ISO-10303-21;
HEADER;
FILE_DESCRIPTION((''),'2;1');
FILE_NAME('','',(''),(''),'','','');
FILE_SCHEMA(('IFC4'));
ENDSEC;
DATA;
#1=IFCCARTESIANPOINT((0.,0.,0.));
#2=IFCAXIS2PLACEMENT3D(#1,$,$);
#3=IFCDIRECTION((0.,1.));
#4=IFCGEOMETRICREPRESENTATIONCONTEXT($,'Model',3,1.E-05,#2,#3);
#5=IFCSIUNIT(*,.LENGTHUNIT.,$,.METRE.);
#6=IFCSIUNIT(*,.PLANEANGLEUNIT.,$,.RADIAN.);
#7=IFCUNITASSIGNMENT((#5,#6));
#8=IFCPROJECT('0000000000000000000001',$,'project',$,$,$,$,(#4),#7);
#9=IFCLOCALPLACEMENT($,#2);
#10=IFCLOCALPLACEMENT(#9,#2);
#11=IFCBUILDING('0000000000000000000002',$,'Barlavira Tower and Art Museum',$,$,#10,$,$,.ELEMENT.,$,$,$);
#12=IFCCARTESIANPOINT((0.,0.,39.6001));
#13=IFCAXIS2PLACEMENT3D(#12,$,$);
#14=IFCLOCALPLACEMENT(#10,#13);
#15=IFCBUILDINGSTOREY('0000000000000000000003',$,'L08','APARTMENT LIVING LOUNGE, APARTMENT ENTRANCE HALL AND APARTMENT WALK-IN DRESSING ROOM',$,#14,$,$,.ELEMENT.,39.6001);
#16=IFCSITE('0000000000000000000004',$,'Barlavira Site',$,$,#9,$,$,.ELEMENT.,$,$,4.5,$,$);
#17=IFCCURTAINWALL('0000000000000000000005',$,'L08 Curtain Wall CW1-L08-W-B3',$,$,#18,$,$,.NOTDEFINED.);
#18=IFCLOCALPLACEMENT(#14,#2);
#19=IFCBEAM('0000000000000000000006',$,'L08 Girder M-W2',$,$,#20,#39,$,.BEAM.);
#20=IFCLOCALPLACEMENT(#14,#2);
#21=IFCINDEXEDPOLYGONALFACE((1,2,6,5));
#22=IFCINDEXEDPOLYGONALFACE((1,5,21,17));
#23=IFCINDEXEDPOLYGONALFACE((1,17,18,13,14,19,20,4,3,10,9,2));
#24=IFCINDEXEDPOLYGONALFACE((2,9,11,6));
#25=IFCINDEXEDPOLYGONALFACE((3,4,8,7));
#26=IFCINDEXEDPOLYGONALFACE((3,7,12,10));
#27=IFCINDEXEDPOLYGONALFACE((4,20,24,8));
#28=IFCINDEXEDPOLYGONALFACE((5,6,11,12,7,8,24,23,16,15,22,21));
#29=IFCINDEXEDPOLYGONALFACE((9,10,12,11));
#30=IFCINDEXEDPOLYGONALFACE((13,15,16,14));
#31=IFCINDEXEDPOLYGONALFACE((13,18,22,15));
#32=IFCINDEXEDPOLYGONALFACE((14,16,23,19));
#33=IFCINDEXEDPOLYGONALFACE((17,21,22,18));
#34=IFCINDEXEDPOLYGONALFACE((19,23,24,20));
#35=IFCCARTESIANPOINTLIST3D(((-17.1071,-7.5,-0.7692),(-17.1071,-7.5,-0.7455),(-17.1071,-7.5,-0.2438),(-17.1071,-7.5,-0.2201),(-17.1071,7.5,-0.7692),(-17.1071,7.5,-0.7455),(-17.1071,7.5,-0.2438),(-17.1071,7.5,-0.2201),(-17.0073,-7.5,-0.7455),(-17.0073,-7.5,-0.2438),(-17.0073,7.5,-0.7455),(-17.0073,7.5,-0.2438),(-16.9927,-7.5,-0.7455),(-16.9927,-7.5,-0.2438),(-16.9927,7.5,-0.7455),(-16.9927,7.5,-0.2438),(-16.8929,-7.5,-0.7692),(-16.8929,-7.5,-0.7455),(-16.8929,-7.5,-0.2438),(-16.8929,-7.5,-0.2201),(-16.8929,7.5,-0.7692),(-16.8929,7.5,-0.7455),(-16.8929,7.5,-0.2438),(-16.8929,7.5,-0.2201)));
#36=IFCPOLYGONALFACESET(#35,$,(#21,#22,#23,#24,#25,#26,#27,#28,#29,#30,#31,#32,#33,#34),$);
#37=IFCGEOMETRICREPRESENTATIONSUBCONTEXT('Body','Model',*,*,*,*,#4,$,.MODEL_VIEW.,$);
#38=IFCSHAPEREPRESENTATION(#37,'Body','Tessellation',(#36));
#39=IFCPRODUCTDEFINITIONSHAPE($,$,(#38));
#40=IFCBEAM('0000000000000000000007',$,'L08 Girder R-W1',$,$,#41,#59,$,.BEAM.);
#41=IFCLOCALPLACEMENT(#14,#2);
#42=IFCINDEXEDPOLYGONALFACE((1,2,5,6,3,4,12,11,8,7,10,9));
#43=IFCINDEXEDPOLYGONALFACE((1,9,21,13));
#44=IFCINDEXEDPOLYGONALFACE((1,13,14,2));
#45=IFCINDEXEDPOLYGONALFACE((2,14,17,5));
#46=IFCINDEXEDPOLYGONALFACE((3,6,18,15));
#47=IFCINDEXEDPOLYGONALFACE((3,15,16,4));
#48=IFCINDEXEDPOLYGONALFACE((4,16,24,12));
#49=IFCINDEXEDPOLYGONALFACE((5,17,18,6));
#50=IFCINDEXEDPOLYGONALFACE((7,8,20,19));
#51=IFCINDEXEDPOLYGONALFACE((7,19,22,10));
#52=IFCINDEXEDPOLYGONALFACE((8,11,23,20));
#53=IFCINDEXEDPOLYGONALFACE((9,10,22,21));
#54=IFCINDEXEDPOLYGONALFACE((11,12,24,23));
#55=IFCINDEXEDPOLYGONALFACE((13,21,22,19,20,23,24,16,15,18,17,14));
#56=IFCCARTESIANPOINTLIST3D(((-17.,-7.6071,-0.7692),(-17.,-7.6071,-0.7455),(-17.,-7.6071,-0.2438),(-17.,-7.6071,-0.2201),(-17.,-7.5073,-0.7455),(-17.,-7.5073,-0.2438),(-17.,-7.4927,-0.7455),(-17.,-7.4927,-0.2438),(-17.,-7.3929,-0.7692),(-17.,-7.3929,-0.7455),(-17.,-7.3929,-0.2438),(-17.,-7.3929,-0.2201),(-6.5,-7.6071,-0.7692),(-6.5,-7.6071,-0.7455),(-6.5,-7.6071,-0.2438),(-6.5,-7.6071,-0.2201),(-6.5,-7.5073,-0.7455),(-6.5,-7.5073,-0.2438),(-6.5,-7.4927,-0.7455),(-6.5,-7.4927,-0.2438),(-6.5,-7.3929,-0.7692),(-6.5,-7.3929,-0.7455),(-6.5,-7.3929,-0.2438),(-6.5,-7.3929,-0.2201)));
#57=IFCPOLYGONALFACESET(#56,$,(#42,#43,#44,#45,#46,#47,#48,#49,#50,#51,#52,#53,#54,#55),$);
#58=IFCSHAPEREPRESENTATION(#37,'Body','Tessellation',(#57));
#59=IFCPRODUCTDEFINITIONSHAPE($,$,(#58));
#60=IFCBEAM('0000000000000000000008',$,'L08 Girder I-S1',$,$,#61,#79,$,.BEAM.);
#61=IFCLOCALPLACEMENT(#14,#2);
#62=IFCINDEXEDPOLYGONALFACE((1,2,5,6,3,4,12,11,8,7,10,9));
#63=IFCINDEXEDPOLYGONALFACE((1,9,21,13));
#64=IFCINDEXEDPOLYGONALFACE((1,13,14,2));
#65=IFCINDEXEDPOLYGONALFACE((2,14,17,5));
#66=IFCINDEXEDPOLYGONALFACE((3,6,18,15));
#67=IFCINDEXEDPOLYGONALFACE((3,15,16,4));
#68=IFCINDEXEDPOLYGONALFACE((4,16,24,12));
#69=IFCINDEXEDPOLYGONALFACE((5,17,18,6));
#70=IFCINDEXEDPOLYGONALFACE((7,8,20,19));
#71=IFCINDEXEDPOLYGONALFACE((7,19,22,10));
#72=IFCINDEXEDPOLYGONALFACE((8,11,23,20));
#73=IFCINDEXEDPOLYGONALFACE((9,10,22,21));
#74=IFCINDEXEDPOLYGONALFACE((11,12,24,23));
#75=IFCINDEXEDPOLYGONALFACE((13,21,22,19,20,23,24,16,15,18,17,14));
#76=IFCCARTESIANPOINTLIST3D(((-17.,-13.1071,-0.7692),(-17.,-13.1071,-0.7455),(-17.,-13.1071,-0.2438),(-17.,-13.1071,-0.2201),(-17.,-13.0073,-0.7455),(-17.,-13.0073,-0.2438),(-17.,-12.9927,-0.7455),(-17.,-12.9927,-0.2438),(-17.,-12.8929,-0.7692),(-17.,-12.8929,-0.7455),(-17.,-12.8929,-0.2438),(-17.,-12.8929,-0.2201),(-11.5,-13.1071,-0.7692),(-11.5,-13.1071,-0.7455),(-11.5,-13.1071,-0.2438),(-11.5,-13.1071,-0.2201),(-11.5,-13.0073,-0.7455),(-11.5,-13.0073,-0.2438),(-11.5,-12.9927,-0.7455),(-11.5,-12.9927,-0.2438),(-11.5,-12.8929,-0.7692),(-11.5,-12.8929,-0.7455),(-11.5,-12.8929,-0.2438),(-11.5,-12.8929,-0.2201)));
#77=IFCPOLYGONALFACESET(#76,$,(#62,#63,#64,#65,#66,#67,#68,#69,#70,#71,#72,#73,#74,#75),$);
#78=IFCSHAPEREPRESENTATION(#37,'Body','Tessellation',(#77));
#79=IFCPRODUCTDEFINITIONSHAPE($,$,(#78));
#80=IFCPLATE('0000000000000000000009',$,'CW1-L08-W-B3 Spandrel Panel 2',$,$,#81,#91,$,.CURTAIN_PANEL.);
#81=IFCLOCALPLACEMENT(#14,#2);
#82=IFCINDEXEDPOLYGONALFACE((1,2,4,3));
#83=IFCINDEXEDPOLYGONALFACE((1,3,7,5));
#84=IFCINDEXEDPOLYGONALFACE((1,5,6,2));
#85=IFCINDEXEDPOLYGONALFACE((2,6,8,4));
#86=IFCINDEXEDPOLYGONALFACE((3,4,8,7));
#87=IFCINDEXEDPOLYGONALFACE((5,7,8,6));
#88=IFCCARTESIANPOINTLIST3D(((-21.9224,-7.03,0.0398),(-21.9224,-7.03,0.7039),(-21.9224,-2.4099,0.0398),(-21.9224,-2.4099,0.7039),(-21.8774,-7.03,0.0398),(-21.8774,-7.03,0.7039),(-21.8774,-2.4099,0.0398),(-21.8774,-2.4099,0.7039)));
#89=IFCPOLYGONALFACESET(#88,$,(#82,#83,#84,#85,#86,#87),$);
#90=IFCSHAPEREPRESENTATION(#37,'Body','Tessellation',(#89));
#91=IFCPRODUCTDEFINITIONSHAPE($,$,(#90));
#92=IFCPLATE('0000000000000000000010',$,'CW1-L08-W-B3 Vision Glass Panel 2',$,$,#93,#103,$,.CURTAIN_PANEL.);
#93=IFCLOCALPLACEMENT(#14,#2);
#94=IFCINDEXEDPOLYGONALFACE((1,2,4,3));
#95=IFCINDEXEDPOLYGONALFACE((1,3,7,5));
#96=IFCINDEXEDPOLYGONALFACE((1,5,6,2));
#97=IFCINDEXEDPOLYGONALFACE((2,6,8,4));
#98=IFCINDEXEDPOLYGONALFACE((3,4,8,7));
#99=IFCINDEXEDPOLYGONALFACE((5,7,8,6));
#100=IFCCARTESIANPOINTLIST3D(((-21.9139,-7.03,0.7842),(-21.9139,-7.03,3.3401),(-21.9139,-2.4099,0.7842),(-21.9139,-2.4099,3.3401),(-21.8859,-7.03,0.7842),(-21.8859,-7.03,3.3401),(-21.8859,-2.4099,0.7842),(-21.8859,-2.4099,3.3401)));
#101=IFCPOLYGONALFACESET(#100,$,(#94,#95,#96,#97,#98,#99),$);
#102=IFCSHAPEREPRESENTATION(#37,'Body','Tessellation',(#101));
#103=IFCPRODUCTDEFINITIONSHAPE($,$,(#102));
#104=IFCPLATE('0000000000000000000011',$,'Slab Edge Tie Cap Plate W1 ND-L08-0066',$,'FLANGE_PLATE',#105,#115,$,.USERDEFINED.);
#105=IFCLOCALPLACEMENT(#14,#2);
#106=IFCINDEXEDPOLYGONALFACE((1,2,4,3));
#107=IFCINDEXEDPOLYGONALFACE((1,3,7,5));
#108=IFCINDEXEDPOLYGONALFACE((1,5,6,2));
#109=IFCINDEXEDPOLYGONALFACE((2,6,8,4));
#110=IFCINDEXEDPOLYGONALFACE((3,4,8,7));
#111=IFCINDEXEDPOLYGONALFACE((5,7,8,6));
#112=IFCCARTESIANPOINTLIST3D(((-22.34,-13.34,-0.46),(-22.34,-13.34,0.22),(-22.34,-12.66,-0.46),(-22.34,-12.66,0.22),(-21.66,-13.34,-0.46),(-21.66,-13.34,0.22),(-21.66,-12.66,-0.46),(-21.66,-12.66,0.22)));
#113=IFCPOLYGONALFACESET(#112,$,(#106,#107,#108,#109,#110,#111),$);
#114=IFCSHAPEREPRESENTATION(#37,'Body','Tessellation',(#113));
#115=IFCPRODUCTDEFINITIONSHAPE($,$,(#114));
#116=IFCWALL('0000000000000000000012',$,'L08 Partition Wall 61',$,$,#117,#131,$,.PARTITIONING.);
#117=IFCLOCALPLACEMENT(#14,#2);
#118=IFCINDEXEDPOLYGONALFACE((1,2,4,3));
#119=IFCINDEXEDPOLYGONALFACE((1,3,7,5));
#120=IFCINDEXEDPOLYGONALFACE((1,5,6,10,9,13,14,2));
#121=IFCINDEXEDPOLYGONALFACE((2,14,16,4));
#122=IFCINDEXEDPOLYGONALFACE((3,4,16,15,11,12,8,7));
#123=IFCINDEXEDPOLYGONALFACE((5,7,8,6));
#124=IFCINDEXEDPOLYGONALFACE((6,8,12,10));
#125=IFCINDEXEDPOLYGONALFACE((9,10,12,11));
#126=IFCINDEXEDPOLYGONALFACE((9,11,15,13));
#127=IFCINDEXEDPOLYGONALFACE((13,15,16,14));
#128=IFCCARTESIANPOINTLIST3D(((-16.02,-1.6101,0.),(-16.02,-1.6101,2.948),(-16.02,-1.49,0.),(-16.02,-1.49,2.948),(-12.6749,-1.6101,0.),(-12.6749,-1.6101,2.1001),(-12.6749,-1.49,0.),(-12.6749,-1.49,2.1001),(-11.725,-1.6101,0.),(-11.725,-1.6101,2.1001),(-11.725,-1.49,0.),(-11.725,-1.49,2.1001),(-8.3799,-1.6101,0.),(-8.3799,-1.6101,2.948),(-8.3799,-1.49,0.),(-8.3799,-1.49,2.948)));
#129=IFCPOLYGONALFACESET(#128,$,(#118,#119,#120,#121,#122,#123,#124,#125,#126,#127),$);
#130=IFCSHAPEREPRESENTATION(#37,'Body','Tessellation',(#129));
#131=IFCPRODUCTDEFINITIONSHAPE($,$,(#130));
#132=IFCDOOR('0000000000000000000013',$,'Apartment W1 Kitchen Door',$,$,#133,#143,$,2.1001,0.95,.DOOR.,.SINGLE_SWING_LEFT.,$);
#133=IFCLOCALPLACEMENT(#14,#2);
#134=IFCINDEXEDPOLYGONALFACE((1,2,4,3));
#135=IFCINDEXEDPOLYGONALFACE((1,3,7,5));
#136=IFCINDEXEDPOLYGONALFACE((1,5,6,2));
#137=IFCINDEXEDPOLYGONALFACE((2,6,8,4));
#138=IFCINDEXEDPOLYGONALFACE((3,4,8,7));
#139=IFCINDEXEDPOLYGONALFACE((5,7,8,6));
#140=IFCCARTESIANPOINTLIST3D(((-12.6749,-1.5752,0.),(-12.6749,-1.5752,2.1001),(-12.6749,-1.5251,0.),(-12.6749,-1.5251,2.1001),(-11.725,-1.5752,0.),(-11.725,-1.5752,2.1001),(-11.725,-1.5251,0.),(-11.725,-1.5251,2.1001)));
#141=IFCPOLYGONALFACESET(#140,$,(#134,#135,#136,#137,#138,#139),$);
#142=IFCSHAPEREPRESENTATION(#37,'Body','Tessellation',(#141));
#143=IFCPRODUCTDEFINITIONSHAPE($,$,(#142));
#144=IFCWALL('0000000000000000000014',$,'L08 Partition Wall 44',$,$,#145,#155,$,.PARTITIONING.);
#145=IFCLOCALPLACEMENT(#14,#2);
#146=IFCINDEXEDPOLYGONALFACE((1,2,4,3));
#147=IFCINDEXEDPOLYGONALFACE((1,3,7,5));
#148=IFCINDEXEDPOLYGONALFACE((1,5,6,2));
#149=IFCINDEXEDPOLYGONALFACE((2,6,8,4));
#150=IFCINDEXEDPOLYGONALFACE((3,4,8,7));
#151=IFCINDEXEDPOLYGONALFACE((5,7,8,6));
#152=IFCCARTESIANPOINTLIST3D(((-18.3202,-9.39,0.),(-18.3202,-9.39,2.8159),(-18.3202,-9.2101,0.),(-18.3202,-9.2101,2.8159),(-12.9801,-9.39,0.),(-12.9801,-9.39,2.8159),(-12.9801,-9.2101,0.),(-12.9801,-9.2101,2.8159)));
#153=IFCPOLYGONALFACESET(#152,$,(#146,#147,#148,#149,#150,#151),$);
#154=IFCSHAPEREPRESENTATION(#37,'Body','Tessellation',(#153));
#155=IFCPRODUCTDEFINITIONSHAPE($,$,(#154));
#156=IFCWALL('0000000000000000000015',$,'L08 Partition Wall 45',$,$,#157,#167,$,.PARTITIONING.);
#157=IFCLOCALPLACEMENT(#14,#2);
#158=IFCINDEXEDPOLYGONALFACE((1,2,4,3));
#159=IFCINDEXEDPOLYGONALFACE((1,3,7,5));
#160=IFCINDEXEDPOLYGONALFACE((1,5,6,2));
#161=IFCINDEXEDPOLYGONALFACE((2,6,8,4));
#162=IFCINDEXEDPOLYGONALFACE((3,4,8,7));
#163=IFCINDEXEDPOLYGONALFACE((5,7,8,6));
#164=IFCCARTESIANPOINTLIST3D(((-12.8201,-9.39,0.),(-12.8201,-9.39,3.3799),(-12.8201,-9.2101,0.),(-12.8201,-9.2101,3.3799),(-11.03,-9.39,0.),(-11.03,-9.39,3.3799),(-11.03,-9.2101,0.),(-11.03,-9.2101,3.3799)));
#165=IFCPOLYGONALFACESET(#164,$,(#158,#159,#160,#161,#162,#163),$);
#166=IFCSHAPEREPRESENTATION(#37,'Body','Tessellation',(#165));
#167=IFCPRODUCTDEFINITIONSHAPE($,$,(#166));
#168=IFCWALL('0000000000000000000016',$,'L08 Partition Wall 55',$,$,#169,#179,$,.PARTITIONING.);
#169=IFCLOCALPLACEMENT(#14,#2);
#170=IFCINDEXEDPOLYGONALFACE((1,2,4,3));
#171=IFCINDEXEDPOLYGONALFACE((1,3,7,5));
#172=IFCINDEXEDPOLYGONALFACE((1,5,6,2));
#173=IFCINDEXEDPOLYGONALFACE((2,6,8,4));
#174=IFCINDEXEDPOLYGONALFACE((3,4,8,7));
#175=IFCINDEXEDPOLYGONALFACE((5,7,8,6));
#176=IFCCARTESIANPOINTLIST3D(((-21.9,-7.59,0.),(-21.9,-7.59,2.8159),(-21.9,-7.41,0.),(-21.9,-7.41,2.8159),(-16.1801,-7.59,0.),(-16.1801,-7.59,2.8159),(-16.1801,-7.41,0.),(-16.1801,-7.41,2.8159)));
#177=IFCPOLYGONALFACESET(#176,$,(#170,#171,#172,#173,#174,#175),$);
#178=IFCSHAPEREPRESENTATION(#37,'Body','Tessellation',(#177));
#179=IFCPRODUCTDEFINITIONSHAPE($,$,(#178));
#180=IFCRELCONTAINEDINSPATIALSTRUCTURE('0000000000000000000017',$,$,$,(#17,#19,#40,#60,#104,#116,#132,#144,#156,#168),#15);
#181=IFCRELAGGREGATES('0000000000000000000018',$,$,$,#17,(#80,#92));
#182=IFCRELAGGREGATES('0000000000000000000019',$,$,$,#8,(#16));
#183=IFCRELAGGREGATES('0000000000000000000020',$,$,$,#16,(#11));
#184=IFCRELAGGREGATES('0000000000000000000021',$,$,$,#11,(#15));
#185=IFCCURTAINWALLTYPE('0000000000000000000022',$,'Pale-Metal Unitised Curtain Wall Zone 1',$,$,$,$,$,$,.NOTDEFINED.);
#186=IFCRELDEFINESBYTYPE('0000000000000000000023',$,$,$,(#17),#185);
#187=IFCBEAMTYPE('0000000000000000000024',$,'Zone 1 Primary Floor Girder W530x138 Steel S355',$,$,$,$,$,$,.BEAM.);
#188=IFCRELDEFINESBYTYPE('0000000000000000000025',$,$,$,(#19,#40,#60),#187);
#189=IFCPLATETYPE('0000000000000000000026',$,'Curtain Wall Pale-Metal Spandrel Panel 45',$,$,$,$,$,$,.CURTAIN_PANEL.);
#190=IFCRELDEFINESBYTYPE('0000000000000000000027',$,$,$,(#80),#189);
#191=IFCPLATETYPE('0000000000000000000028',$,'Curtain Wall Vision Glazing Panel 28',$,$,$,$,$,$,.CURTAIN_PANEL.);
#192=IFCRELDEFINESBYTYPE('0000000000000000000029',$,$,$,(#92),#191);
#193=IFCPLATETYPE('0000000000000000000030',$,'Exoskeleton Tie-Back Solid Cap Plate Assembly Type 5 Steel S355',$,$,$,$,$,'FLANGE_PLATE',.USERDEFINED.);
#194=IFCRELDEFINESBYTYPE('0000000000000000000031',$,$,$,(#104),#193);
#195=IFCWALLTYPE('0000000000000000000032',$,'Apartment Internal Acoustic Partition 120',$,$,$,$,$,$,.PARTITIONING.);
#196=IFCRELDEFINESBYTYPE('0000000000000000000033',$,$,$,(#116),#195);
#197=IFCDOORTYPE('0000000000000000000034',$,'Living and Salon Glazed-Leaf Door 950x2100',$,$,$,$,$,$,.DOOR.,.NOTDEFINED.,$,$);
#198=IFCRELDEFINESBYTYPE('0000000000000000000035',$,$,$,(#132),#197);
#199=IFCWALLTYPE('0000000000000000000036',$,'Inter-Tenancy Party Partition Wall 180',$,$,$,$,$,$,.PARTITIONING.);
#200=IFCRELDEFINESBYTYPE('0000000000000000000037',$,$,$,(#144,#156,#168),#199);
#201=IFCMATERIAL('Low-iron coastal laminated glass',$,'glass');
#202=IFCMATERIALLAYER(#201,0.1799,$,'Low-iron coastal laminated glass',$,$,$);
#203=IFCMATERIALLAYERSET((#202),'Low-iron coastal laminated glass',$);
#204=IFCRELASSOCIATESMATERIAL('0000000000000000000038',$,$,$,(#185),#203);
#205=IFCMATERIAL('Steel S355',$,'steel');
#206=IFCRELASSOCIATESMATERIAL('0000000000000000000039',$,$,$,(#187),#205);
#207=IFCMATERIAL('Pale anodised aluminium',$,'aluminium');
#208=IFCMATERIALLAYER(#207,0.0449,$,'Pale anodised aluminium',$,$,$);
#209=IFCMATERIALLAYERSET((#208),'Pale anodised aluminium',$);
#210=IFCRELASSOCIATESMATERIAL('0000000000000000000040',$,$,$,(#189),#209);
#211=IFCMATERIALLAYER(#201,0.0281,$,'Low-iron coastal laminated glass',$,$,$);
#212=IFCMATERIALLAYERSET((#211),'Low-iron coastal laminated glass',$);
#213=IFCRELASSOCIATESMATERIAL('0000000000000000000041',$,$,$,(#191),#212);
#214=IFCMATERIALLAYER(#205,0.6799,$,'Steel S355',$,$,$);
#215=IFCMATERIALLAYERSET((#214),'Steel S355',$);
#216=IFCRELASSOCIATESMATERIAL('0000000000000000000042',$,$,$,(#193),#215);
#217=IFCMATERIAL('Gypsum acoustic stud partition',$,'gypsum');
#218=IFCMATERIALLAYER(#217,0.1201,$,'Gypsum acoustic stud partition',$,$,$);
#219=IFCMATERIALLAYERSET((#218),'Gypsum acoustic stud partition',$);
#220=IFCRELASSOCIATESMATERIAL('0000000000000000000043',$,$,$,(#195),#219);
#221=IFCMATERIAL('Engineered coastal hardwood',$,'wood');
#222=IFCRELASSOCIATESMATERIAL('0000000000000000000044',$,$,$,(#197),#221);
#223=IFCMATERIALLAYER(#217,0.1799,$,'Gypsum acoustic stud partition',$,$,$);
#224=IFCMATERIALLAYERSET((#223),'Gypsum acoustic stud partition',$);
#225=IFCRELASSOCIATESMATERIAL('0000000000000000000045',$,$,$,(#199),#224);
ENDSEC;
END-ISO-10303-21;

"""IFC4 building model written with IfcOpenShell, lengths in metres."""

from ifc_helpers import new_model, si_unit, direction, frame, frame_2d, origin, origin_2d, place, context, subcontext, project, spatial, rectangle, i_section, extrude, material, layer, layer_set, material_profile, profile_set, type_object, element, fill, aggregate, save


model = new_model("IFC4")

# Units and contexts
model_context = context("Model", 3, precision=1e-05, world=origin(), true_north=direction((0.0, 1.0)))
body_context = subcontext(model_context, "Body", "Model", "MODEL_VIEW")
ifc_project = project(units=[si_unit("LENGTHUNIT", "METRE"), si_unit("PLANEANGLEUNIT", "RADIAN")], contexts=[model_context])

# Site, building, storey
site_placement = place(None, origin())
site = spatial("IfcSite", under=ifc_project, at=site_placement, Name="Barlavira Site", CompositionType="ELEMENT", RefElevation=4.5)
building_placement = place(site_placement, origin())
building = spatial("IfcBuilding", under=site, at=building_placement, Name="Barlavira Tower and Art Museum", CompositionType="ELEMENT")
storey_placement = place(building_placement, frame((0.0, 0.0, 39.6001)))
storey = spatial("IfcBuildingStorey", under=building, at=storey_placement, Name="L08", Description="APARTMENT LIVING LOUNGE, APARTMENT ENTRANCE HALL AND APARTMENT WALK-IN DRESSING ROOM", CompositionType="ELEMENT", Elevation=39.6001)

# Curtain wall
ifc_material_1 = material(Name="Low-iron coastal laminated glass", Category="glass")
ifc_layer_1 = layer(ifc_material_1, 0.1799, Name="Low-iron coastal laminated glass")
ifc_layer_set_1 = layer_set([ifc_layer_1], Name="Low-iron coastal laminated glass")
curtain_wall_type = type_object("IfcCurtainWallType", Name="Pale-Metal Unitised Curtain Wall Zone 1", PredefinedType="NOTDEFINED", material=ifc_layer_set_1)
curtain_wall_placement = place(storey_placement, origin())
curtain_wall = element("IfcCurtainWall", 1, at=curtain_wall_placement, inside=storey, type_object=curtain_wall_type, Name="L08 Curtain Wall CW1-L08-W-B3", PredefinedType="NOTDEFINED")
ifc_material_2 = material(Name="Pale anodised aluminium", Category="aluminium")

# Beams
ifc_material_3 = material(Name="Steel S355", Category="steel")
ifc_material_profile_1 = material_profile(ifc_material_3, i_section(OverallWidth=0.2141, OverallDepth=0.5491, WebThickness=0.0146, FlangeThickness=0.0237, at=origin_2d()), Name="W530x138.0")
ifc_profile_set_1 = profile_set([ifc_material_profile_1], Name="Steel S355")
beam_type_1 = type_object("IfcBeamType", Name="Zone 1 Primary Floor Girder W530x138 Steel S355", PredefinedType="BEAM", material=ifc_profile_set_1)
beam_1_placement = place(storey_placement, frame((-17.0, -7.5, -0.4946), z_axis=(0.0, 1.0, 0.0), x_axis=(-1.0, 0.0, 0.0)))
element("IfcBeam", 2, at=beam_1_placement, inside=storey, type_object=beam_type_1, Name="L08 Girder M-W2", PredefinedType="BEAM", context=body_context, shape_type="SweptSolid", body=[
    extrude(i_section(OverallWidth=0.2141, OverallDepth=0.5491, WebThickness=0.0146, FlangeThickness=0.0237, at=origin_2d()), origin(), (0.0, 0.0, 1.0), 15.0),
])
beam_2_placement = place(storey_placement, frame((-17.0, -7.5, -0.4946), z_axis=(1.0, 0.0, 0.0), x_axis=(0.0, 1.0, 0.0)))
element("IfcBeam", 3, at=beam_2_placement, inside=storey, type_object=beam_type_1, Name="L08 Girder R-W1", PredefinedType="BEAM", context=body_context, shape_type="SweptSolid", body=[
    extrude(i_section(OverallWidth=0.2141, OverallDepth=0.5491, WebThickness=0.0146, FlangeThickness=0.0237, at=origin_2d()), origin(), (0.0, 0.0, 1.0), 10.5),
])
beam_3_placement = place(storey_placement, frame((-17.0, -13.0, -0.4946), z_axis=(1.0, 0.0, 0.0), x_axis=(0.0, 1.0, 0.0)))
element("IfcBeam", 4, at=beam_3_placement, inside=storey, type_object=beam_type_1, Name="L08 Girder I-S1", PredefinedType="BEAM", context=body_context, shape_type="SweptSolid", body=[
    extrude(i_section(OverallWidth=0.2141, OverallDepth=0.5491, WebThickness=0.0146, FlangeThickness=0.0237, at=origin_2d()), origin(), (0.0, 0.0, 1.0), 5.5),
])

# Plates
ifc_layer_2 = layer(ifc_material_2, 0.0449, Name="Pale anodised aluminium")
ifc_layer_set_2 = layer_set([ifc_layer_2], Name="Pale anodised aluminium")
plate_type_1 = type_object("IfcPlateType", Name="Curtain Wall Pale-Metal Spandrel Panel 45", PredefinedType="CURTAIN_PANEL", material=ifc_layer_set_2)
plate_1_placement = place(storey_placement, frame((-21.8999, -4.72, 0.0398), z_axis=(0.0, 0.0, 1.0), x_axis=(0.0, -1.0, 0.0)))
plate_1 = element("IfcPlate", 5, at=plate_1_placement, type_object=plate_type_1, Name="CW1-L08-W-B3 Spandrel Panel 2", PredefinedType="CURTAIN_PANEL", context=body_context, shape_type="SweptSolid", body=[
    extrude(rectangle(XDim=4.6201, YDim=0.0449, at=origin_2d()), origin(), (0.0, 0.0, 1.0), 0.6641),
])
ifc_layer_3 = layer(ifc_material_1, 0.0281, Name="Low-iron coastal laminated glass")
ifc_layer_set_3 = layer_set([ifc_layer_3], Name="Low-iron coastal laminated glass")
plate_type_2 = type_object("IfcPlateType", Name="Curtain Wall Vision Glazing Panel 28", PredefinedType="CURTAIN_PANEL", material=ifc_layer_set_3)
plate_2_placement = place(storey_placement, frame((-21.8999, -4.72, 0.7842), z_axis=(0.0, 0.0, 1.0), x_axis=(0.0, -1.0, 0.0)))
plate_2 = element("IfcPlate", 6, at=plate_2_placement, type_object=plate_type_2, Name="CW1-L08-W-B3 Vision Glass Panel 2", PredefinedType="CURTAIN_PANEL", context=body_context, shape_type="SweptSolid", body=[
    extrude(rectangle(XDim=4.6201, YDim=0.0281, at=origin_2d()), origin(), (0.0, 0.0, 1.0), 2.5559),
])
aggregate(curtain_wall, [plate_1, plate_2])
ifc_layer_4 = layer(ifc_material_3, 0.6799, Name="Steel S355")
ifc_layer_set_4 = layer_set([ifc_layer_4], Name="Steel S355")
plate_type_3 = type_object("IfcPlateType", Name="Exoskeleton Tie-Back Solid Cap Plate Assembly Type 5 Steel S355", ElementType="FLANGE_PLATE", PredefinedType="USERDEFINED", material=ifc_layer_set_4)
plate_3_placement = place(storey_placement, frame((-22.0, -13.0, -0.46), z_axis=(0.0, 0.0, 1.0), x_axis=(1.0, 0.0, 0.0)))
element("IfcPlate", 7, at=plate_3_placement, inside=storey, type_object=plate_type_3, Name="Slab Edge Tie Cap Plate W1 ND-L08-0066", ObjectType="FLANGE_PLATE", PredefinedType="USERDEFINED", context=body_context, shape_type="SweptSolid", body=[
    extrude(rectangle(XDim=0.6799, YDim=0.6799, at=origin_2d()), origin(), (0.0, 0.0, 1.0), 0.6799),
])

# Wall, opening, door
ifc_material_4 = material(Name="Gypsum acoustic stud partition", Category="gypsum")
ifc_layer_5 = layer(ifc_material_4, 0.1201, Name="Gypsum acoustic stud partition")
ifc_layer_set_5 = layer_set([ifc_layer_5], Name="Gypsum acoustic stud partition")
wall_type_1 = type_object("IfcWallType", Name="Apartment Internal Acoustic Partition 120", PredefinedType="PARTITIONING", material=ifc_layer_set_5)
wall_1_placement = place(storey_placement, frame((-16.02, -1.55, 0.0), z_axis=(0.0, 0.0, 1.0), x_axis=(1.0, 0.0, 0.0)))
wall_1 = element("IfcWall", 8, at=wall_1_placement, inside=storey, type_object=wall_type_1, Name="L08 Partition Wall 61", PredefinedType="PARTITIONING", context=body_context, shape_type="SweptSolid", body=[
    extrude(rectangle(XDim=7.6401, YDim=0.1201, at=frame_2d((3.8201, 0.0))), origin(), (0.0, 0.0, 1.0), 2.948),
])
opening_1_placement = place(wall_1_placement, frame((3.345, 0.0, 0.0)))
opening_1 = element("IfcOpeningElement", 9, at=opening_1_placement, cuts=wall_1, PredefinedType="OPENING", context=body_context, shape_type="SweptSolid", body=[
    extrude(rectangle(XDim=0.95, YDim=2.1001, at=frame_2d((0.4751, 1.05))), frame((0.0, 0.0701, 0.0), z_axis=(0.0, -1.0, 0.0), x_axis=(1.0, 0.0, 0.0)), (0.0, 0.0, 1.0), 0.1401),
])
ifc_material_5 = material(Name="Engineered coastal hardwood", Category="wood")
door_type_1 = type_object("IfcDoorType", Name="Living and Salon Glazed-Leaf Door 950x2100", OperationType="NOTDEFINED", PredefinedType="DOOR", material=ifc_material_5)
door_1_placement = place(opening_1_placement, origin())
door_1 = element("IfcDoor", 10, at=door_1_placement, inside=storey, type_object=door_type_1, Name="Apartment W1 Kitchen Door", OperationType="SINGLE_SWING_LEFT", OverallHeight=2.1001, OverallWidth=0.95, PredefinedType="DOOR", context=body_context, shape_type="SweptSolid", body=[
    extrude(rectangle(XDim=0.95, YDim=2.1001, at=frame_2d((0.4751, 1.05))), frame((0.0, 0.0249, 0.0), z_axis=(0.0, -1.0, 0.0), x_axis=(1.0, 0.0, 0.0)), (0.0, 0.0, 1.0), 0.05),
])
fill(opening_1, door_1)

# Walls
ifc_layer_6 = layer(ifc_material_4, 0.1799, Name="Gypsum acoustic stud partition")
ifc_layer_set_6 = layer_set([ifc_layer_6], Name="Gypsum acoustic stud partition")
wall_type_2 = type_object("IfcWallType", Name="Inter-Tenancy Party Partition Wall 180", PredefinedType="PARTITIONING", material=ifc_layer_set_6)
wall_2_placement = place(storey_placement, frame((-18.3201, -9.3, 0.0), z_axis=(0.0, 0.0, 1.0), x_axis=(1.0, 0.0, 0.0)))
element("IfcWall", 11, at=wall_2_placement, inside=storey, type_object=wall_type_2, Name="L08 Partition Wall 44", PredefinedType="PARTITIONING", context=body_context, shape_type="SweptSolid", body=[
    extrude(rectangle(XDim=5.3401, YDim=0.1799, at=frame_2d((2.6699, 0.0))), origin(), (0.0, 0.0, 1.0), 2.8159),
])
wall_3_placement = place(storey_placement, frame((-12.8201, -9.3, 0.0), z_axis=(0.0, 0.0, 1.0), x_axis=(1.0, 0.0, 0.0)))
element("IfcWall", 12, at=wall_3_placement, inside=storey, type_object=wall_type_2, Name="L08 Partition Wall 45", PredefinedType="PARTITIONING", context=body_context, shape_type="SweptSolid", body=[
    extrude(rectangle(XDim=1.79, YDim=0.1799, at=frame_2d((0.895, 0.0))), origin(), (0.0, 0.0, 1.0), 3.3799),
])
wall_4_placement = place(storey_placement, frame((-21.8999, -7.5, 0.0), z_axis=(0.0, 0.0, 1.0), x_axis=(1.0, 0.0, 0.0)))
element("IfcWall", 13, at=wall_4_placement, inside=storey, type_object=wall_type_2, Name="L08 Partition Wall 55", PredefinedType="PARTITIONING", context=body_context, shape_type="SweptSolid", body=[
    extrude(rectangle(XDim=5.72, YDim=0.1799, at=frame_2d((2.8599, 0.0))), origin(), (0.0, 0.0, 1.0), 2.8159),
])

save(model, "model.ifc")
